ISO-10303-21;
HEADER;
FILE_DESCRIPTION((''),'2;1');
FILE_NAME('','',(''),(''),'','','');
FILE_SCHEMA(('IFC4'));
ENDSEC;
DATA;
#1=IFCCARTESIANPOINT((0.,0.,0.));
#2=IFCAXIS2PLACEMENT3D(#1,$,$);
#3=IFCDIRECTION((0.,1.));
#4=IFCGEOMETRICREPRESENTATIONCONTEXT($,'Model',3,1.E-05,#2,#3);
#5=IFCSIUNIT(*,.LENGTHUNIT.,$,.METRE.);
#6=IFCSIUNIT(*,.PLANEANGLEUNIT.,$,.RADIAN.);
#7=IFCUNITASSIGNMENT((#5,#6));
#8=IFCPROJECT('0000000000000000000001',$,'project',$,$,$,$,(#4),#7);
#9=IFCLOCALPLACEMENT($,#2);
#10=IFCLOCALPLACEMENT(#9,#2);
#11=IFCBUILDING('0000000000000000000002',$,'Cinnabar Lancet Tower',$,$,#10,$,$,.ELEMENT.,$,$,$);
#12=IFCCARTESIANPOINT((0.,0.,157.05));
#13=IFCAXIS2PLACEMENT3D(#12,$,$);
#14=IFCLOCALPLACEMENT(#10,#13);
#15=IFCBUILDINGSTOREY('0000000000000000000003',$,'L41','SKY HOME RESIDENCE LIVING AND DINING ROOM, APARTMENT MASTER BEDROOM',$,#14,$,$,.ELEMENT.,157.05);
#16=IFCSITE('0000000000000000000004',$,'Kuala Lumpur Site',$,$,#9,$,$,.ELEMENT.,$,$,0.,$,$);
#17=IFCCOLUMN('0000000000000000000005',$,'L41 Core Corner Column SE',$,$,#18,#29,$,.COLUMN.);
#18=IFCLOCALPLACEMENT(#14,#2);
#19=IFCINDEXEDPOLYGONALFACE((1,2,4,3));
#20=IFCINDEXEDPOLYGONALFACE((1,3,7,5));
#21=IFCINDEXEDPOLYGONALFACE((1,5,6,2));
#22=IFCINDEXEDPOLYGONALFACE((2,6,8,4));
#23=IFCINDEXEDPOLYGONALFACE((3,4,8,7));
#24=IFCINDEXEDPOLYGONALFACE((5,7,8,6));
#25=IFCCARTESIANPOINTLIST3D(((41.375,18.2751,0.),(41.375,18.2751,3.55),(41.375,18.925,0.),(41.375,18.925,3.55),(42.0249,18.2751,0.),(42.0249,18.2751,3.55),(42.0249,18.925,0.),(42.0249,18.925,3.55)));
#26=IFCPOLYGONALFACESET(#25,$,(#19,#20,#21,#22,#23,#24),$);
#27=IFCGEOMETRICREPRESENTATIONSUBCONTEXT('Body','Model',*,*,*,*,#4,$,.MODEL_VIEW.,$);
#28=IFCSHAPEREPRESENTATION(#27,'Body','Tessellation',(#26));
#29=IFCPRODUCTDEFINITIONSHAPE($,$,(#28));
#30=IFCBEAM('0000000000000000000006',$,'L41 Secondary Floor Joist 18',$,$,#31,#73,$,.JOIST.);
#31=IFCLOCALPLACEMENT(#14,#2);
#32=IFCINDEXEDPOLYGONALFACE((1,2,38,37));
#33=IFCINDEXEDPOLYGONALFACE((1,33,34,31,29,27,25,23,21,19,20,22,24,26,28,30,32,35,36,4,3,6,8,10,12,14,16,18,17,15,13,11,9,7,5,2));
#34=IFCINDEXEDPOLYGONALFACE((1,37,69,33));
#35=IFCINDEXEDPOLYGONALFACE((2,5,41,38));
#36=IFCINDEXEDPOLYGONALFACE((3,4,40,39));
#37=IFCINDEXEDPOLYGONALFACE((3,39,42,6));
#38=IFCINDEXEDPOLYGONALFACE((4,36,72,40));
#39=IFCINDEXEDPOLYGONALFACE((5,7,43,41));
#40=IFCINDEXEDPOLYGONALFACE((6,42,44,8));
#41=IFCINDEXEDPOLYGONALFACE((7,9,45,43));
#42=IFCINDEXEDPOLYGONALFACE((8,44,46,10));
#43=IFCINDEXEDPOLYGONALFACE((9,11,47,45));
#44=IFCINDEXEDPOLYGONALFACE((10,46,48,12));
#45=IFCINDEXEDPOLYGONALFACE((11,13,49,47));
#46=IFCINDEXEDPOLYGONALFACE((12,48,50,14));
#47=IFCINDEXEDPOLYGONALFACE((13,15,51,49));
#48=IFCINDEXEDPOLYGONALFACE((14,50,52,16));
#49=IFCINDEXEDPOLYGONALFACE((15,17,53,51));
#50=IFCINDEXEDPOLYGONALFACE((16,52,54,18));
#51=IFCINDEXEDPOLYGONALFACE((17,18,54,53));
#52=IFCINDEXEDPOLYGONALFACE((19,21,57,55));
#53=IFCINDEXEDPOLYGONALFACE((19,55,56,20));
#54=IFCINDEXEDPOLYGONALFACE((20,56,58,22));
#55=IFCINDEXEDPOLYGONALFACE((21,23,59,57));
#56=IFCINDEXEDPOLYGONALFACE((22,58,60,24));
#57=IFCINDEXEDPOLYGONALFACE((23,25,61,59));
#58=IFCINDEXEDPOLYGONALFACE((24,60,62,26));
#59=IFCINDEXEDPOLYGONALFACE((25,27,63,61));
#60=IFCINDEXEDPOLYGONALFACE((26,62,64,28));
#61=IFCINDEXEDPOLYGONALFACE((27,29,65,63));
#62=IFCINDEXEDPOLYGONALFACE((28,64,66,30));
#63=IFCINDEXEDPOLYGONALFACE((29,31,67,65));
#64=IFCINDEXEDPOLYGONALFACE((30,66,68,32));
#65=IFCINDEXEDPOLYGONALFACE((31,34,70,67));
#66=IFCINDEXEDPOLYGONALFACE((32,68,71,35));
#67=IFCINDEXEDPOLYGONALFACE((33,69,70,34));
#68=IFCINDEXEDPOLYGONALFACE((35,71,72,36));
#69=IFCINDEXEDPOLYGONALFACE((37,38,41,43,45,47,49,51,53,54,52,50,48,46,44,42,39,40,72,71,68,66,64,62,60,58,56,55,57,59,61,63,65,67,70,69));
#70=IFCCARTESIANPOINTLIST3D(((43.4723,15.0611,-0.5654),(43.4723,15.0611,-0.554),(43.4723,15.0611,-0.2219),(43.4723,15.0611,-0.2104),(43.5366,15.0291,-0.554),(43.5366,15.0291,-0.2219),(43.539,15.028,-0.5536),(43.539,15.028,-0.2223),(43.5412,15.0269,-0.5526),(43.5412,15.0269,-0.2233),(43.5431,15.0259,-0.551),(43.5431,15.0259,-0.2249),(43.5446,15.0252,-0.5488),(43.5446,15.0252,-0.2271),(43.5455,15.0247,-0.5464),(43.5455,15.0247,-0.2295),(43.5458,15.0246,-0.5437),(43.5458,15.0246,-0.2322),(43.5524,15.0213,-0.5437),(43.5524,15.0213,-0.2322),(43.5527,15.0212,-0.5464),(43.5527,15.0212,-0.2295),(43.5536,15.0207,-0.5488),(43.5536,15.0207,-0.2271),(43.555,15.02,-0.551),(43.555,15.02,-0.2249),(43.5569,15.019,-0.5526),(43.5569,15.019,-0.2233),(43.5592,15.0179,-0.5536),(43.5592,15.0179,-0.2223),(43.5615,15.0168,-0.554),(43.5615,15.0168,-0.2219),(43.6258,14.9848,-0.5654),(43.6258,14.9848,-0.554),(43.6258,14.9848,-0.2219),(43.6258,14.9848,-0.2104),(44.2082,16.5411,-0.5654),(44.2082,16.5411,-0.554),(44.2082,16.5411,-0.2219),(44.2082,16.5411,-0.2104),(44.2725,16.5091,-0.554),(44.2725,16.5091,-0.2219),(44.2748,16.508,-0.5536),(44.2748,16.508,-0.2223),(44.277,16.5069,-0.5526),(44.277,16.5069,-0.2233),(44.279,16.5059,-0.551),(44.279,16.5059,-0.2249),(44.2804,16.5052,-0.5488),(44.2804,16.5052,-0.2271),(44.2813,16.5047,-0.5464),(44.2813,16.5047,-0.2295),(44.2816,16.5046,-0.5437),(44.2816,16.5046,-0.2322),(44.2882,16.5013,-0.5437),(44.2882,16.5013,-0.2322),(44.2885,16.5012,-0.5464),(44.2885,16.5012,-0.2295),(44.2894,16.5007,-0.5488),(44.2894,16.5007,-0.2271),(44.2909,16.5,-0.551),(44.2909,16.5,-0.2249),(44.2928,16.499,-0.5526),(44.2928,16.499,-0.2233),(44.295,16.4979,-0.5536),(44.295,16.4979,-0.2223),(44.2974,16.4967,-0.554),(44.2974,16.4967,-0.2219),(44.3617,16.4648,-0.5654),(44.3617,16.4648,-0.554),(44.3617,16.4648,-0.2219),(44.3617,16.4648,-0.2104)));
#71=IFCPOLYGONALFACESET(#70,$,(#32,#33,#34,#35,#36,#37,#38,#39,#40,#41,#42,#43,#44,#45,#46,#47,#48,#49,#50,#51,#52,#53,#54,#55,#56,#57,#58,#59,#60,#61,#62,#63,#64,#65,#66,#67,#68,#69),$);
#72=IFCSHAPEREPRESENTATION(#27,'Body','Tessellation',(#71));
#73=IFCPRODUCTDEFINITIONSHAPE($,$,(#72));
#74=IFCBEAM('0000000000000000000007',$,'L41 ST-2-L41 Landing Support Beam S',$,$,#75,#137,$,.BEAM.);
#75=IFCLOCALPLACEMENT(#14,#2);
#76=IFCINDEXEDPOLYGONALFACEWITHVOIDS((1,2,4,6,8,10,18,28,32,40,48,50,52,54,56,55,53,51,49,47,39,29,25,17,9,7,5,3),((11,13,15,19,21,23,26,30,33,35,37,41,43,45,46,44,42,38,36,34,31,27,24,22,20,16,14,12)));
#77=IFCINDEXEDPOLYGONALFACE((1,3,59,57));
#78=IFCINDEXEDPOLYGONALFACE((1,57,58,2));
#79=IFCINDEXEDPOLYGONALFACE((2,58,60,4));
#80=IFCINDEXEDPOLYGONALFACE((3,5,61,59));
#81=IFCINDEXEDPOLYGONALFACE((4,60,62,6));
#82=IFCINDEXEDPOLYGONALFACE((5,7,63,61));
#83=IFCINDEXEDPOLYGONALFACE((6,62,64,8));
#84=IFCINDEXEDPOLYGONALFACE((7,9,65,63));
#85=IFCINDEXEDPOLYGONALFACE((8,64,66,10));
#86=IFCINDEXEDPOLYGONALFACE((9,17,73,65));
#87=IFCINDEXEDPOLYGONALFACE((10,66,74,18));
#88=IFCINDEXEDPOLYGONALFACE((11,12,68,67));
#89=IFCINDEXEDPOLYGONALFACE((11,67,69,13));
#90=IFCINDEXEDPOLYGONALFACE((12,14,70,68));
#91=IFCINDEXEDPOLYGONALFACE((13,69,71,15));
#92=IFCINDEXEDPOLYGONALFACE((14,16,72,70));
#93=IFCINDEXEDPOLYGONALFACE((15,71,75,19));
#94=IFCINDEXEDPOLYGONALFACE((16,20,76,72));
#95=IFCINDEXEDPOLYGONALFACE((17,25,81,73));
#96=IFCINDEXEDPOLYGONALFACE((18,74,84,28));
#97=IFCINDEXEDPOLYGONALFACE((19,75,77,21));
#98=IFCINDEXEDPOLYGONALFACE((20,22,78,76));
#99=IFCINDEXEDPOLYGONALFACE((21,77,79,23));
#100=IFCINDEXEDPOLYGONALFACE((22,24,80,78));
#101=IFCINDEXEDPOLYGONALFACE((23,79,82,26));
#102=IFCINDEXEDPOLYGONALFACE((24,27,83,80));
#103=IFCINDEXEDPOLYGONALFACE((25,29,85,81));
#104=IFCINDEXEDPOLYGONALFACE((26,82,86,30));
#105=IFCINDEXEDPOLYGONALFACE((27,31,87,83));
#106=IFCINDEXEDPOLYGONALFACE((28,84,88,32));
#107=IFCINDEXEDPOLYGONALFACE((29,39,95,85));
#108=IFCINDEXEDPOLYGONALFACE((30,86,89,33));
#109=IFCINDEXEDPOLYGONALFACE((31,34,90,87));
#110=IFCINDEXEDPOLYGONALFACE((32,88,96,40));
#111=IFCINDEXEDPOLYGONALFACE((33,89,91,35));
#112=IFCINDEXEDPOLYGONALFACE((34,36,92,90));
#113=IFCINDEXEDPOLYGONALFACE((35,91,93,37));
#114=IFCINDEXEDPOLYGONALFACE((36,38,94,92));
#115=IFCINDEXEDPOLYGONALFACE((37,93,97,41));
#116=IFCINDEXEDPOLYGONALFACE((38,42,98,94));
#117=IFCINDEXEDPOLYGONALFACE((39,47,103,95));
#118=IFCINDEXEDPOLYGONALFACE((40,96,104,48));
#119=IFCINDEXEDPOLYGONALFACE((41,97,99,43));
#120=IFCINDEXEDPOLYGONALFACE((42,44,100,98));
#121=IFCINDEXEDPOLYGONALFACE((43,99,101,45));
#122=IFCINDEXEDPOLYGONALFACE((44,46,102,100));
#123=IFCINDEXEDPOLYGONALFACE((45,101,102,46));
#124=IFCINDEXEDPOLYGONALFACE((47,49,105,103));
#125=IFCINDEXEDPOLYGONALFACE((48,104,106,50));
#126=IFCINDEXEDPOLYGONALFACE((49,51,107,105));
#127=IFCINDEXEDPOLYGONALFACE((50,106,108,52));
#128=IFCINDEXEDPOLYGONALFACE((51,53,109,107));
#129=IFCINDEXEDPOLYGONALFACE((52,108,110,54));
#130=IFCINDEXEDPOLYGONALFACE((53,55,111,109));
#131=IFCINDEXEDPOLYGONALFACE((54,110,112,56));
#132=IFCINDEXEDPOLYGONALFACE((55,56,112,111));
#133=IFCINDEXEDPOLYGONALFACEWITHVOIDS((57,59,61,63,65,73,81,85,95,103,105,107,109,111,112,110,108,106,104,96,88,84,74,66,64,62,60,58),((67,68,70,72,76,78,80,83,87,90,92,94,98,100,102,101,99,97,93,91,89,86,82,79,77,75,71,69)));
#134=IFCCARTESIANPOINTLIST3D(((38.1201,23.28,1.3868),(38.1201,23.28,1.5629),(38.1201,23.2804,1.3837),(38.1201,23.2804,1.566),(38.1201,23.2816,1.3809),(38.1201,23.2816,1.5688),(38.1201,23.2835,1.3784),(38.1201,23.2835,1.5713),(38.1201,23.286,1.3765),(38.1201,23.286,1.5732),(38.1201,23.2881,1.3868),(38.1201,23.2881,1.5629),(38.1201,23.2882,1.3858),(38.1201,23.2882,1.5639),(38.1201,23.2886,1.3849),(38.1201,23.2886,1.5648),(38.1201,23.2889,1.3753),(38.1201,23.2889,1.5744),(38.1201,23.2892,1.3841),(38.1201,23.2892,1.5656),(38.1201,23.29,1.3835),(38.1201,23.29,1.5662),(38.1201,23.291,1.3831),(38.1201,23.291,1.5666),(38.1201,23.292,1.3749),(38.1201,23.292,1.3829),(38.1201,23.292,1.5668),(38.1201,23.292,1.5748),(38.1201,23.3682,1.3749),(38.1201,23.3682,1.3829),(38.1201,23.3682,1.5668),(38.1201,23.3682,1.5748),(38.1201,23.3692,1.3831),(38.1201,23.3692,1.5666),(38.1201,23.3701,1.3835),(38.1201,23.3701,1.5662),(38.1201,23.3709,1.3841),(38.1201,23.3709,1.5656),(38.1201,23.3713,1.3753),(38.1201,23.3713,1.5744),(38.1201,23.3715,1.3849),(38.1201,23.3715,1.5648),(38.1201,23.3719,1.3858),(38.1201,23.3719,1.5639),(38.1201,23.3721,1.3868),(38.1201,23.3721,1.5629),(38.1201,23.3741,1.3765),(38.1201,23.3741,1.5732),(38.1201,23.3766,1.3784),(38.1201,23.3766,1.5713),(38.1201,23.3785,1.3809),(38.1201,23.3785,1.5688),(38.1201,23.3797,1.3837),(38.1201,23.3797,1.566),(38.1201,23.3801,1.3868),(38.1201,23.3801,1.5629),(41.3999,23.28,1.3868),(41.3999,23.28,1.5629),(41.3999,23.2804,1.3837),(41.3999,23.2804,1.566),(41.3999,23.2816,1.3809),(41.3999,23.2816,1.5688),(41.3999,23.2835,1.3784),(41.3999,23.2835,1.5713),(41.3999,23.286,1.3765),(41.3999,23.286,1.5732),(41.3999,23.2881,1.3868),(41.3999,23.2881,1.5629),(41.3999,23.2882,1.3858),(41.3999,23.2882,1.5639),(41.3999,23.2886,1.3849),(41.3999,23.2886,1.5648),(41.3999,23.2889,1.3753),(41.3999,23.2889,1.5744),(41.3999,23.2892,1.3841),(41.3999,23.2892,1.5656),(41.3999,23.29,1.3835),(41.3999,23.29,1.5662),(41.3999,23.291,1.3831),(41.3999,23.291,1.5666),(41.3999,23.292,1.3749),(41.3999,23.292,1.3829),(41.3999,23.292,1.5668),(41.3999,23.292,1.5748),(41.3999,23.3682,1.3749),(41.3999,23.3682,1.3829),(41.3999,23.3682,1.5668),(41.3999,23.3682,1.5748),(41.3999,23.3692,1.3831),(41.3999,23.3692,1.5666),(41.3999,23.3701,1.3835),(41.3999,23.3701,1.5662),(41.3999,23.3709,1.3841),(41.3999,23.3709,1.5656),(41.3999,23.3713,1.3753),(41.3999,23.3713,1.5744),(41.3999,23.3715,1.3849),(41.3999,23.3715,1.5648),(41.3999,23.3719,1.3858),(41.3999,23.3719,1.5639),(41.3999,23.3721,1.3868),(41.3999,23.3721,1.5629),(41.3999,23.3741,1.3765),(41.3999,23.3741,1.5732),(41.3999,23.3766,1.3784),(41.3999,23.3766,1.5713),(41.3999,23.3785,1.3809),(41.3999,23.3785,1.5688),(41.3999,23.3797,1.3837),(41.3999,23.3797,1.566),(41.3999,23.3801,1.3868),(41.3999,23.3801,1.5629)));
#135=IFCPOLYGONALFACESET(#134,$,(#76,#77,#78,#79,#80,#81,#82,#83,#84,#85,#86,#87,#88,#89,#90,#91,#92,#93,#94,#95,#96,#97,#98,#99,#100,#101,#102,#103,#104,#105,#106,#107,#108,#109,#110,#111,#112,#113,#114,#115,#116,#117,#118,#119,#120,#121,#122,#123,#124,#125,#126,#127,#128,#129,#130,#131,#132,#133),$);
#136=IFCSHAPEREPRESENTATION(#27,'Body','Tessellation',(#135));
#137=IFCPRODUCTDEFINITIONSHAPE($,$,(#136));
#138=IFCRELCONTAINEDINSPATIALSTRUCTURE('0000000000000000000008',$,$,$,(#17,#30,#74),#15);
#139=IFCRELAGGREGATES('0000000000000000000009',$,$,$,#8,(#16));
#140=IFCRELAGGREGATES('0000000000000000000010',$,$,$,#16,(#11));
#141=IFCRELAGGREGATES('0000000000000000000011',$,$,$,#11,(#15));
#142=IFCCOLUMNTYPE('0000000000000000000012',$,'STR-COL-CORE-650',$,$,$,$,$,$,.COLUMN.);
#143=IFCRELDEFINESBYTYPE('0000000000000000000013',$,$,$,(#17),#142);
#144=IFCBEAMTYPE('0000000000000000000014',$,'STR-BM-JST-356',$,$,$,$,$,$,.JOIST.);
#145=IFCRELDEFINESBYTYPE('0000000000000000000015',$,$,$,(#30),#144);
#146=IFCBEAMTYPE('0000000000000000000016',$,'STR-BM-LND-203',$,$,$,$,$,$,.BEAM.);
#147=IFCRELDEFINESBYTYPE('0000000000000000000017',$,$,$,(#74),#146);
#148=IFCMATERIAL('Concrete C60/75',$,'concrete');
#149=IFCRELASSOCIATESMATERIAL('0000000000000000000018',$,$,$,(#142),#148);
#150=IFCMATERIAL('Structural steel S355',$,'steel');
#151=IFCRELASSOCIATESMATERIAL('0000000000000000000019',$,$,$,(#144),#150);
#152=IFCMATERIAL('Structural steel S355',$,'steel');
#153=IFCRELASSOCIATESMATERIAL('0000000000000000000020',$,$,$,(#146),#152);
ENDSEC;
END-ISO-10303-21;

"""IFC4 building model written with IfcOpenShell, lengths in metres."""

from ifc_helpers import new_model, si_unit, direction, frame, origin, origin_2d, place, context, subcontext, project, spatial, rectangle, hollow_rectangle, i_section, extrude, material, material_profile, profile_set, type_object, element, save


model = new_model("IFC4")

# Units and contexts
model_context = context("Model", 3, precision=1e-05, world=origin(), true_north=direction((0.0, 1.0)))
body_context = subcontext(model_context, "Body", "Model", "MODEL_VIEW")
ifc_project = project(units=[si_unit("LENGTHUNIT", "METRE"), si_unit("PLANEANGLEUNIT", "RADIAN")], contexts=[model_context])

# Site, building, storey
site_placement = place(None, origin())
site = spatial("IfcSite", under=ifc_project, at=site_placement, Name="Kuala Lumpur Site", CompositionType="ELEMENT", RefElevation=0.0)
building_placement = place(site_placement, origin())
building = spatial("IfcBuilding", under=site, at=building_placement, Name="Cinnabar Lancet Tower", CompositionType="ELEMENT")
storey_placement = place(building_placement, frame((0.0, 0.0, 157.05)))
storey = spatial("IfcBuildingStorey", under=building, at=storey_placement, Name="L41", Description="SKY HOME RESIDENCE LIVING AND DINING ROOM, APARTMENT MASTER BEDROOM", CompositionType="ELEMENT", Elevation=157.05)

# Column
ifc_material_1 = material(Name="Concrete C60/75", Category="concrete")
ifc_material_profile_1 = material_profile(ifc_material_1, rectangle(XDim=0.6499, YDim=0.6499, at=origin_2d()), Name="RC-COL 650x650")
ifc_profile_set_1 = profile_set([ifc_material_profile_1], Name="Concrete C60/75")
column_type = type_object("IfcColumnType", Name="STR-COL-CORE-650", PredefinedType="COLUMN", material=ifc_profile_set_1)
column_placement = place(storey_placement, frame((41.7, 18.6001, 0.0), z_axis=(0.0, 0.0, 1.0), x_axis=(1.0, 0.0, 0.0)))
element("IfcColumn", 1, at=column_placement, inside=storey, type_object=column_type, Name="L41 Core Corner Column SE", PredefinedType="COLUMN", context=body_context, shape_type="SweptSolid", body=[
    extrude(rectangle(XDim=0.6499, YDim=0.6499, at=origin_2d()), origin(), (0.0, 0.0, 1.0), 3.55),
])

# Beams
ifc_material_2 = material(Name="Structural steel S355", Category="steel")
ifc_material_profile_2 = material_profile(ifc_material_2, i_section(OverallWidth=0.1714, OverallDepth=0.355, WebThickness=0.0073, FlangeThickness=0.0115, FilletRadius=0.0103, at=origin_2d()), Name="UKB 356x171x51")
ifc_profile_set_2 = profile_set([ifc_material_profile_2], Name="Structural steel S355")
beam_type_1 = type_object("IfcBeamType", Name="STR-BM-JST-356", PredefinedType="JOIST", material=ifc_profile_set_2)
beam_1_placement = place(storey_placement, frame((43.5491, 15.0229, -0.3879), z_axis=(0.445204, 0.895429, 0.0), x_axis=(-0.895429, 0.445204, 0.0)))
element("IfcBeam", 2, at=beam_1_placement, inside=storey, type_object=beam_type_1, Name="L41 Secondary Floor Joist 18", PredefinedType="JOIST", context=body_context, shape_type="SweptSolid", body=[
    extrude(i_section(OverallWidth=0.1714, OverallDepth=0.355, WebThickness=0.0073, FlangeThickness=0.0115, FilletRadius=0.0103, at=origin_2d()), origin(), (0.0, 0.0, 1.0), 1.6528),
])
ifc_material_3 = material(Name="Structural steel S355", Category="steel")
ifc_material_profile_3 = material_profile(ifc_material_3, hollow_rectangle(XDim=0.1001, YDim=0.2, WallThickness=0.0081, InnerFilletRadius=0.0039, OuterFilletRadius=0.012, at=origin_2d()), Name="RHS 200x100x8")
ifc_profile_set_3 = profile_set([ifc_material_profile_3], Name="Structural steel S355")
beam_type_2 = type_object("IfcBeamType", Name="STR-BM-LND-203", PredefinedType="BEAM", material=ifc_profile_set_3)
for number, where, z_axis, x_axis, name in (
    (3, (38.1201, 23.3301, 1.4749), (1.0, 0.0, 0.0), (0.0, 1.0, 0.0), "L41 ST-2-L41 Landing Support Beam S"),
):
    element("IfcBeam", number, at=place(storey_placement, frame(where, z_axis=z_axis, x_axis=x_axis)), inside=storey, type_object=beam_type_2, Name=name, PredefinedType="BEAM", context=body_context, shape_type="SweptSolid", body=[
        extrude(hollow_rectangle(XDim=0.1001, YDim=0.2, WallThickness=0.0081, InnerFilletRadius=0.0039, OuterFilletRadius=0.012, at=origin_2d()), origin(), (0.0, 0.0, 1.0), 3.2798),
    ])

save(model, "model.ifc")
